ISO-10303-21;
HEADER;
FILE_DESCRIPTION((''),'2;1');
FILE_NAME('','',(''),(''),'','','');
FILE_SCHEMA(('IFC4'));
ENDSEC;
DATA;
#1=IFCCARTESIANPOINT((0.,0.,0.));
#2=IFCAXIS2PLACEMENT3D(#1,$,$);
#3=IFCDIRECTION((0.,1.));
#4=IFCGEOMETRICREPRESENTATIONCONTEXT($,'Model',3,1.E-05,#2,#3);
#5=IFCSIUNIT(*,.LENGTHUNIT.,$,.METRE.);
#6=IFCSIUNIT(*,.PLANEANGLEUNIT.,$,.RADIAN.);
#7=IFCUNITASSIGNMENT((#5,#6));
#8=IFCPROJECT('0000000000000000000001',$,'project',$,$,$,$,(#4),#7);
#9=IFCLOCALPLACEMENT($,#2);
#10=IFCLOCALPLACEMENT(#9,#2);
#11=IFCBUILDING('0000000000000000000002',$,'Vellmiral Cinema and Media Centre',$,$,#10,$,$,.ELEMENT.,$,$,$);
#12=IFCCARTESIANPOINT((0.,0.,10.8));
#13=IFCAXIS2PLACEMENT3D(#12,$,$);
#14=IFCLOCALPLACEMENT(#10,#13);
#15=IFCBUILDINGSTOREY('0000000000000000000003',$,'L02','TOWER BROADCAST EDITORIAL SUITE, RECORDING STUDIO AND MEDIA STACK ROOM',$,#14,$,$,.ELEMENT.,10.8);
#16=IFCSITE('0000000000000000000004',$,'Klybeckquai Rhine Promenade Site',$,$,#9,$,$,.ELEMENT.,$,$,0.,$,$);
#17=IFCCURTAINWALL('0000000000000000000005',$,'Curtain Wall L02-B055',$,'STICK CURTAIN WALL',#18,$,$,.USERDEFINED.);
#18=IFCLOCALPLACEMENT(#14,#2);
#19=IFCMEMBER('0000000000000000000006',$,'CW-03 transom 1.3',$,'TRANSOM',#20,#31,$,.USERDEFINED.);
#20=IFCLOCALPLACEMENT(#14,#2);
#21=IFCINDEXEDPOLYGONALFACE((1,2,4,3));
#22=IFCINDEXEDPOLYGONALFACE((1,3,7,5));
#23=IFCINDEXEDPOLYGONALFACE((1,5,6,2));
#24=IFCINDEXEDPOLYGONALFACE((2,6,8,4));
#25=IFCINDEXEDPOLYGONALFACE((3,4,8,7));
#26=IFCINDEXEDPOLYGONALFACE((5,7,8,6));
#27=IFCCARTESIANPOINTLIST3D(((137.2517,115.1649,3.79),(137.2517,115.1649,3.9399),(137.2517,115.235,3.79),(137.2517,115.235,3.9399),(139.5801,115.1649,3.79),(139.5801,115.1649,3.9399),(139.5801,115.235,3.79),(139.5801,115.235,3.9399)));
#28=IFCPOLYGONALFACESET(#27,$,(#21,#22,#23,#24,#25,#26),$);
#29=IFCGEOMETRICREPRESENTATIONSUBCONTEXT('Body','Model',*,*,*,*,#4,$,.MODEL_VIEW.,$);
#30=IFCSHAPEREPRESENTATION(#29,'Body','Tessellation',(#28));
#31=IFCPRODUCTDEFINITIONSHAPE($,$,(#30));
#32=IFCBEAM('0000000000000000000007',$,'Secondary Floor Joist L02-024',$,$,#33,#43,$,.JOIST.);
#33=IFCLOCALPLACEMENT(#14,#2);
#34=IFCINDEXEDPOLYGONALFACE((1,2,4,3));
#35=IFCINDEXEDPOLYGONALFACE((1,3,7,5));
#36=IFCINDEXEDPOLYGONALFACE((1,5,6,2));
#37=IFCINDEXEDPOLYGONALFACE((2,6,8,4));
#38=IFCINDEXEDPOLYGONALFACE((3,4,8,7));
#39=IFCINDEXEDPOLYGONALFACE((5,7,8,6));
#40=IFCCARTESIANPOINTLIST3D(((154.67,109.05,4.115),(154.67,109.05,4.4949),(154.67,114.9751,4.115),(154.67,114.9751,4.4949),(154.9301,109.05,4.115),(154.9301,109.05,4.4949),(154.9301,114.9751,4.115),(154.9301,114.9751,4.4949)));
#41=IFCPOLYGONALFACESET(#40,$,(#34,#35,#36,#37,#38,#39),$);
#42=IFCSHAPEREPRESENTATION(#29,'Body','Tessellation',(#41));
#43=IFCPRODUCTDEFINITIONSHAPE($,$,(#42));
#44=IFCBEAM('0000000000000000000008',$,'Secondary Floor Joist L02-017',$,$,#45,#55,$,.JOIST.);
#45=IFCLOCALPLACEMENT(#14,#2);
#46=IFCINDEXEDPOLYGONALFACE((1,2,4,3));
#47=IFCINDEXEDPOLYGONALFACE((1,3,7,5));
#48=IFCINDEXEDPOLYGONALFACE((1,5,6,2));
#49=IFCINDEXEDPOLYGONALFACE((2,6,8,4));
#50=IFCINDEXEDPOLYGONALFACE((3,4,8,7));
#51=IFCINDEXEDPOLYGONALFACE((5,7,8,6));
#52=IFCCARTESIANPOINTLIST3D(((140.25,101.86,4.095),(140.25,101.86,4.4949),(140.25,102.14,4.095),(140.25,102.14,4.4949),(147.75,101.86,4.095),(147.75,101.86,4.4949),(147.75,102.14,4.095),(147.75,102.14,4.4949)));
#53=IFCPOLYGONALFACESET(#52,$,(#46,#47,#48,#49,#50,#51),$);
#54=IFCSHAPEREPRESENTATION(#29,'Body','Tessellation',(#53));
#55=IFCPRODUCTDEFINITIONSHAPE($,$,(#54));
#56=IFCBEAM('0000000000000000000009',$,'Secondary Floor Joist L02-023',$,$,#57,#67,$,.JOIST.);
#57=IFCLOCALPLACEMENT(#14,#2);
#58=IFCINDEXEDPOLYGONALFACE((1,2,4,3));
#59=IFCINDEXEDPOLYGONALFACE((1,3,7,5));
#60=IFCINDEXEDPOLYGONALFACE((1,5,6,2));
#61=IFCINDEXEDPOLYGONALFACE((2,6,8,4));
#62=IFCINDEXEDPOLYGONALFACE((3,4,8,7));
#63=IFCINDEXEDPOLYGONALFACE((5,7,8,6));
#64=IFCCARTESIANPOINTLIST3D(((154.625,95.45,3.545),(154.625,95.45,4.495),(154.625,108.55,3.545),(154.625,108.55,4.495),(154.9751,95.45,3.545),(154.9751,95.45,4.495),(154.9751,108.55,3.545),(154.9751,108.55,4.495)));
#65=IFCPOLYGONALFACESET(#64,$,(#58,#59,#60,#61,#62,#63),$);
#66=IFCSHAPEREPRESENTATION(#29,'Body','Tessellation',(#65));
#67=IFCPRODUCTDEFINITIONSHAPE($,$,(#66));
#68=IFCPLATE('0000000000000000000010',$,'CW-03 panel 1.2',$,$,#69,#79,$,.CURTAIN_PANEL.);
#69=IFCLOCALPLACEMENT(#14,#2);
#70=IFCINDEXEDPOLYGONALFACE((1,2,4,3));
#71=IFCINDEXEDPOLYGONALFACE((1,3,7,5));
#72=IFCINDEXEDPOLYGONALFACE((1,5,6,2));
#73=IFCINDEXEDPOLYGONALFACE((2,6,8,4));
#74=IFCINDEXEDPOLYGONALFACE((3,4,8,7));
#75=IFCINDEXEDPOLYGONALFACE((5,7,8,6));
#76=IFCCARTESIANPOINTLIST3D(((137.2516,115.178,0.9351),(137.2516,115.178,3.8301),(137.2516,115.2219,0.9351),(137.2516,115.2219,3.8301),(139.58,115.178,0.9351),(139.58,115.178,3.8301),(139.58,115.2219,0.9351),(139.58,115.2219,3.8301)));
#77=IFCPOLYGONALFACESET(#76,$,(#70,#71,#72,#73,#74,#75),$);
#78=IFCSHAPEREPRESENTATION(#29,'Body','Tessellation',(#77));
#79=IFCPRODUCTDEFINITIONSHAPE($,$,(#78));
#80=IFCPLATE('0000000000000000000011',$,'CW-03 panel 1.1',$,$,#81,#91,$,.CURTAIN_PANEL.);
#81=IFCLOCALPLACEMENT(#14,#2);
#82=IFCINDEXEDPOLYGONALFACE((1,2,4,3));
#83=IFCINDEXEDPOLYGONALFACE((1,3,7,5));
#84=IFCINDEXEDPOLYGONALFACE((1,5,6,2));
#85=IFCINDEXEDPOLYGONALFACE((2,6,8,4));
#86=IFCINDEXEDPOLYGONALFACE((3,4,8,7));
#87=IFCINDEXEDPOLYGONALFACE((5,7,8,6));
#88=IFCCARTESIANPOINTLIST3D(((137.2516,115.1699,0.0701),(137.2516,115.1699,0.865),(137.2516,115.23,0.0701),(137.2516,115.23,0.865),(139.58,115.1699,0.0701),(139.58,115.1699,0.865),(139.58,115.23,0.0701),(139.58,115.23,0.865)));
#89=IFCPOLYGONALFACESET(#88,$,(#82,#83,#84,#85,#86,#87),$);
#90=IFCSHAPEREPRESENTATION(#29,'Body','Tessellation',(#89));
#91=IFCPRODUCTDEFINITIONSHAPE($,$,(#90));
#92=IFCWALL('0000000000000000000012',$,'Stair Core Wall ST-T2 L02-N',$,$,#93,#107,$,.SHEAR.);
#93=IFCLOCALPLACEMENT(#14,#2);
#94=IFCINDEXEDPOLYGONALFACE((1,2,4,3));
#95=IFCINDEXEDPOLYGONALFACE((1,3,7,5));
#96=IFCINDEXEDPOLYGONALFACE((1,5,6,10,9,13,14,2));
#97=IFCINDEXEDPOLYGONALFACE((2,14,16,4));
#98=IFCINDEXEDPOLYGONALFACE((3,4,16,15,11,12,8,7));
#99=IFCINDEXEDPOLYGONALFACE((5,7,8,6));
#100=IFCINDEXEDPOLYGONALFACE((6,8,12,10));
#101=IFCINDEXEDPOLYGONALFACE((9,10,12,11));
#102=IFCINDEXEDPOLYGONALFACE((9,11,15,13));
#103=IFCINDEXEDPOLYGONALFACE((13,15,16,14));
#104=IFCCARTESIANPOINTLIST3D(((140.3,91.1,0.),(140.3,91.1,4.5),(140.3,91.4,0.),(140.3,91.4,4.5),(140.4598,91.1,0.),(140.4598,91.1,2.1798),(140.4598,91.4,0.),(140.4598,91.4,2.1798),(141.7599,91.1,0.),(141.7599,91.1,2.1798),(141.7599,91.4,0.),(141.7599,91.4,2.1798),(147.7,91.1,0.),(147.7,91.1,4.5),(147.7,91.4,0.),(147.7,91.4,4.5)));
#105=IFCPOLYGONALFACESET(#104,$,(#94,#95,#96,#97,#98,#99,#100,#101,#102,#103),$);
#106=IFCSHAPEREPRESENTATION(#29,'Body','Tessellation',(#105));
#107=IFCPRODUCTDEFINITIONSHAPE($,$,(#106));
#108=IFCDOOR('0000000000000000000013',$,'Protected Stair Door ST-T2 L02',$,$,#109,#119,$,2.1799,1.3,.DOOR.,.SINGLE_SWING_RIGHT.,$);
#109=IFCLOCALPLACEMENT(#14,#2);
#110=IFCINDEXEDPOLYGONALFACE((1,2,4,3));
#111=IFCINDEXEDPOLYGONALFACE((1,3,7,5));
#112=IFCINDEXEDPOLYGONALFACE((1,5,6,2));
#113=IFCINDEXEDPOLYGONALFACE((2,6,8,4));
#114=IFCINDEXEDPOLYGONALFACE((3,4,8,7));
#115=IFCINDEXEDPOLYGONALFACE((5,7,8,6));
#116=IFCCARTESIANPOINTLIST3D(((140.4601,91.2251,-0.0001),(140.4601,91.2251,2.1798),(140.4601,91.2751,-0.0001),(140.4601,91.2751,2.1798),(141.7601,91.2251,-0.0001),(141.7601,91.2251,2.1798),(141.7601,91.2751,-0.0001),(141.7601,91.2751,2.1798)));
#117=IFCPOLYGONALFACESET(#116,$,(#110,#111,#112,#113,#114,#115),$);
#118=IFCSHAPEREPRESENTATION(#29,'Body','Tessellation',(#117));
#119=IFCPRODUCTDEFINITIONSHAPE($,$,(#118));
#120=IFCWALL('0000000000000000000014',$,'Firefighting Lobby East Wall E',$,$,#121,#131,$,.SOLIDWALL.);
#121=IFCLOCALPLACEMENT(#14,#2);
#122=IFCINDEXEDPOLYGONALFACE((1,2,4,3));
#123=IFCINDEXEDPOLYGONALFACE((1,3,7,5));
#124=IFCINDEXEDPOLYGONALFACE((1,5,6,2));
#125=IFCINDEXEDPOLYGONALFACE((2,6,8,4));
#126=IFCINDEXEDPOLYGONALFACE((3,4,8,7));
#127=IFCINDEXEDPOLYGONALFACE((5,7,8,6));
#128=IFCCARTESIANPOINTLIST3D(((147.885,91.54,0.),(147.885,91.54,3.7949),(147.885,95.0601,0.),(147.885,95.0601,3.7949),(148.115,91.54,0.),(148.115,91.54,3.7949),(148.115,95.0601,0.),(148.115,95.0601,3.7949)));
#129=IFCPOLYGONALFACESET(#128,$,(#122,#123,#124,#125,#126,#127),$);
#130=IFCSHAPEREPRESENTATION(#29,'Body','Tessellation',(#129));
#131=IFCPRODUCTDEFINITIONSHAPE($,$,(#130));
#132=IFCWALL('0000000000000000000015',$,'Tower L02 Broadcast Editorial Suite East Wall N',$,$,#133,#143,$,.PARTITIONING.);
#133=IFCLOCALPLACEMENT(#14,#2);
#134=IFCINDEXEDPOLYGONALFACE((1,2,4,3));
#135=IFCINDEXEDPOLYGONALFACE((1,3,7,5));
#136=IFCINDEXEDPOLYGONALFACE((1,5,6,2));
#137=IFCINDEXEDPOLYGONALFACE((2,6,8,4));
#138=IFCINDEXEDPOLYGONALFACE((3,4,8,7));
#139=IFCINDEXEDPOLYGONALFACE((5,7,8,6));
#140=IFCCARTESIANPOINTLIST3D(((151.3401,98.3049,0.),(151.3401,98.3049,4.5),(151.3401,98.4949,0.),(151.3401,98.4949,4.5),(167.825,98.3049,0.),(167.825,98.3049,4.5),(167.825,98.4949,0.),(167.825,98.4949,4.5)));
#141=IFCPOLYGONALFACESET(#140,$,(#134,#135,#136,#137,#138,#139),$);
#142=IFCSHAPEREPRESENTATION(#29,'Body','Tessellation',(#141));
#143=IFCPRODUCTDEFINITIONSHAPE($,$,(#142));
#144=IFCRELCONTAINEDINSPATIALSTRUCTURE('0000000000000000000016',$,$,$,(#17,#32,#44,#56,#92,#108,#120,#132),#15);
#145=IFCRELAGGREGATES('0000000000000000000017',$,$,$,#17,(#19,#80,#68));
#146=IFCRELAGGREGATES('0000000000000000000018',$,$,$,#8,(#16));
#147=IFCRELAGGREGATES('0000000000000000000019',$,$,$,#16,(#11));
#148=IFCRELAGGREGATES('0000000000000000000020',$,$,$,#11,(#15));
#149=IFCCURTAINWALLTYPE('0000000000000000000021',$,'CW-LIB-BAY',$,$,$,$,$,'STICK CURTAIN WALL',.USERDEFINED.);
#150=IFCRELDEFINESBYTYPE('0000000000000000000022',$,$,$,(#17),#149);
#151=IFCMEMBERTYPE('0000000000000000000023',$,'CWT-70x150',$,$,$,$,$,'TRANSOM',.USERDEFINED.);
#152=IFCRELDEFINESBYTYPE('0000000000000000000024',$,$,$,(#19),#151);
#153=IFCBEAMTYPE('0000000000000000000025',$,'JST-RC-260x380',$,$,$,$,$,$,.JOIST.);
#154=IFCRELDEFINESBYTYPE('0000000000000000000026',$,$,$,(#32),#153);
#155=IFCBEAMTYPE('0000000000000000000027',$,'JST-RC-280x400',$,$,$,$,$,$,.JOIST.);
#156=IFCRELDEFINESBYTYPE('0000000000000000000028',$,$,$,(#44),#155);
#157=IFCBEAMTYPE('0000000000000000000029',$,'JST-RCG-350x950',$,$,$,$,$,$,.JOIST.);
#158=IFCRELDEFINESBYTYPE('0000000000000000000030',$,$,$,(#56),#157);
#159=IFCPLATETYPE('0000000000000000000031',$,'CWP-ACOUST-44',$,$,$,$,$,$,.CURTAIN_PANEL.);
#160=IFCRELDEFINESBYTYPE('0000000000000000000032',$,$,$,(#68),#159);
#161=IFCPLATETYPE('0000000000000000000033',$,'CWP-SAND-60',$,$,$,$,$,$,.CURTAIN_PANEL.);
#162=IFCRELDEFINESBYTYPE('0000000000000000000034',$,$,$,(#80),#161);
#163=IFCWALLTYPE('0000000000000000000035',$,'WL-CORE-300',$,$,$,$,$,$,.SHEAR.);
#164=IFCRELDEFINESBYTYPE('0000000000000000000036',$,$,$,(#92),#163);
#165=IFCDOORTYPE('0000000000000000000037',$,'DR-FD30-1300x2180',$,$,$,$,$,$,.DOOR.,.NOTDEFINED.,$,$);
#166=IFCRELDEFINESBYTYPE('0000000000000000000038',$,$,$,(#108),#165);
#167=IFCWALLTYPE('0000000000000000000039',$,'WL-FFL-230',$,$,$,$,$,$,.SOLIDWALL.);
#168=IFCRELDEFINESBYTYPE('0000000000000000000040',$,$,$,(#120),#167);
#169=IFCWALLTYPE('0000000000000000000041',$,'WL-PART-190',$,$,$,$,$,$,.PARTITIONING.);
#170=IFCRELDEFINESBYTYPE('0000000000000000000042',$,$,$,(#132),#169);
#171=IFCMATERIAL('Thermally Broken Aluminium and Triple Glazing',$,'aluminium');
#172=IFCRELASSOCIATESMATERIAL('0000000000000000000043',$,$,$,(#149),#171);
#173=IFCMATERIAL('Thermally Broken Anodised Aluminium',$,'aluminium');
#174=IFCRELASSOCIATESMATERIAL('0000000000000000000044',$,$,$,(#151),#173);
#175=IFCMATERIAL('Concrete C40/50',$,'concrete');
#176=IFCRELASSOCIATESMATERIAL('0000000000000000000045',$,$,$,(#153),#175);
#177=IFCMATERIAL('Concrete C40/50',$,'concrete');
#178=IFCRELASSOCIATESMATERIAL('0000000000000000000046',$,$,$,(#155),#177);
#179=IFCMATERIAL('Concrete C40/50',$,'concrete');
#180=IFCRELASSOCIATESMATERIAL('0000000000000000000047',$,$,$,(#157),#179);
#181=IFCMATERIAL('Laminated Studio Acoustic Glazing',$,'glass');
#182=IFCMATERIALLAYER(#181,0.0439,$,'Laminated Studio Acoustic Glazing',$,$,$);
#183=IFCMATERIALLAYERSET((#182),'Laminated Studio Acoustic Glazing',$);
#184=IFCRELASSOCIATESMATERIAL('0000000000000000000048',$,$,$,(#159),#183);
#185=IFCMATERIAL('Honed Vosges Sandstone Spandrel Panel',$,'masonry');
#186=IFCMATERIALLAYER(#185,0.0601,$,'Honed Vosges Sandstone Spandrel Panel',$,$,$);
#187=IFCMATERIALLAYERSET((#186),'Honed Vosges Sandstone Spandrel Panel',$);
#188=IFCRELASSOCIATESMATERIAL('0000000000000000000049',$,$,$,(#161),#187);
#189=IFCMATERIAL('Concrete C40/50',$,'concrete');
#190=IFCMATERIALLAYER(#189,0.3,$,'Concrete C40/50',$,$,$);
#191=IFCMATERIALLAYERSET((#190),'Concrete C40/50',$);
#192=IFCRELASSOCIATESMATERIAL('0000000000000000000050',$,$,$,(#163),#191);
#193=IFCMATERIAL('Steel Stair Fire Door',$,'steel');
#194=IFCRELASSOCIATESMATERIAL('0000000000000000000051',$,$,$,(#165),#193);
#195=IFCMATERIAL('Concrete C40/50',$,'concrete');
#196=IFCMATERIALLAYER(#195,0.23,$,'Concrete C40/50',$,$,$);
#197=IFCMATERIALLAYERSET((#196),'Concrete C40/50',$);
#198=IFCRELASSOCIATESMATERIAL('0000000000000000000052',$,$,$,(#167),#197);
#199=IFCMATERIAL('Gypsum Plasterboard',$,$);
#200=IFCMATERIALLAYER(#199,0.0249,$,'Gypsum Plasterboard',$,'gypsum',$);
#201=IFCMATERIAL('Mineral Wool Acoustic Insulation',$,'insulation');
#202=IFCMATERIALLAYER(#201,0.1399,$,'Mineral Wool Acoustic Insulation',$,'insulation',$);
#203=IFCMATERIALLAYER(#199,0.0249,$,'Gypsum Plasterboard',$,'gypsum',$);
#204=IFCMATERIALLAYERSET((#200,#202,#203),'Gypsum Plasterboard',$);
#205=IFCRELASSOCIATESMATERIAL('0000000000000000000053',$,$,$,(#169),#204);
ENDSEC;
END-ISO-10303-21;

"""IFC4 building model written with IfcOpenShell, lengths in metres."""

from ifc_helpers import new_model, si_unit, direction, frame, frame_2d, origin, origin_2d, place, context, subcontext, project, spatial, rectangle, extrude, material, layer, layer_set, material_profile, profile_set, type_object, element, fill, aggregate, save


model = new_model("IFC4")

# Units and contexts
model_context = context("Model", 3, precision=1e-05, world=origin(), true_north=direction((0.0, 1.0)))
body_context = subcontext(model_context, "Body", "Model", "MODEL_VIEW")
ifc_project = project(units=[si_unit("LENGTHUNIT", "METRE"), si_unit("PLANEANGLEUNIT", "RADIAN")], contexts=[model_context])

# Site, building, storey
site_placement = place(None, origin())
site = spatial("IfcSite", under=ifc_project, at=site_placement, Name="Klybeckquai Rhine Promenade Site", CompositionType="ELEMENT", RefElevation=0.0)
building_placement = place(site_placement, origin())
building = spatial("IfcBuilding", under=site, at=building_placement, Name="Vellmiral Cinema and Media Centre", CompositionType="ELEMENT")
storey_placement = place(building_placement, frame((0.0, 0.0, 10.8)))
storey = spatial("IfcBuildingStorey", under=building, at=storey_placement, Name="L02", Description="TOWER BROADCAST EDITORIAL SUITE, RECORDING STUDIO AND MEDIA STACK ROOM", CompositionType="ELEMENT", Elevation=10.8)

# Curtain wall, member
ifc_material_1 = material(Name="Thermally Broken Aluminium and Triple Glazing", Category="aluminium")
curtain_wall_type = type_object("IfcCurtainWallType", Name="CW-LIB-BAY", ElementType="STICK CURTAIN WALL", PredefinedType="USERDEFINED", material=ifc_material_1)
curtain_wall_placement = place(storey_placement, origin())
curtain_wall = element("IfcCurtainWall", 1, at=curtain_wall_placement, inside=storey, type_object=curtain_wall_type, Name="Curtain Wall L02-B055", ObjectType="STICK CURTAIN WALL", PredefinedType="USERDEFINED")
ifc_material_2 = material(Name="Thermally Broken Anodised Aluminium", Category="aluminium")
ifc_material_profile_1 = material_profile(ifc_material_2, rectangle(XDim=0.0701, YDim=0.1499, at=origin_2d()), Name="MULL 70x150")
ifc_profile_set_1 = profile_set([ifc_material_profile_1], Name="Thermally Broken Anodised Aluminium")
member_type = type_object("IfcMemberType", Name="CWT-70x150", ElementType="TRANSOM", PredefinedType="USERDEFINED", material=ifc_profile_set_1)
member_1_placement = place(storey_placement, frame((139.5801, 115.2, 3.865), z_axis=(-1.0, 0.0, 0.0), x_axis=(0.0, -1.0, 0.0)))
member_1 = element("IfcMember", 2, at=member_1_placement, type_object=member_type, Name="CW-03 transom 1.3", ObjectType="TRANSOM", PredefinedType="USERDEFINED", context=body_context, shape_type="SweptSolid", body=[
    extrude(rectangle(XDim=0.0701, YDim=0.1499, at=origin_2d()), origin(), (0.0, 0.0, 1.0), 2.3284),
])

# Beams
ifc_material_3 = material(Name="Concrete C40/50", Category="concrete")
ifc_material_profile_2 = material_profile(ifc_material_3, rectangle(XDim=0.26, YDim=0.3799, at=origin_2d()), Name="RC 260x380")
ifc_profile_set_2 = profile_set([ifc_material_profile_2], Name="Concrete C40/50")
beam_type_1 = type_object("IfcBeamType", Name="JST-RC-260x380", PredefinedType="JOIST", material=ifc_profile_set_2)
beam_1_placement = place(storey_placement, frame((154.8, 109.05, 4.3049), z_axis=(0.0, 1.0, 0.0), x_axis=(-1.0, 0.0, 0.0)))
element("IfcBeam", 3, at=beam_1_placement, inside=storey, type_object=beam_type_1, Name="Secondary Floor Joist L02-024", PredefinedType="JOIST", context=body_context, shape_type="SweptSolid", body=[
    extrude(rectangle(XDim=0.26, YDim=0.3799, at=origin_2d()), origin(), (0.0, 0.0, 1.0), 5.925),
])
ifc_material_4 = material(Name="Concrete C40/50", Category="concrete")
ifc_material_profile_3 = material_profile(ifc_material_4, rectangle(XDim=0.28, YDim=0.3999, at=origin_2d()), Name="RC 280x400")
ifc_profile_set_3 = profile_set([ifc_material_profile_3], Name="Concrete C40/50")
beam_type_2 = type_object("IfcBeamType", Name="JST-RC-280x400", PredefinedType="JOIST", material=ifc_profile_set_3)
beam_2_placement = place(storey_placement, frame((140.25, 102.0, 4.2949), z_axis=(1.0, 0.0, 0.0), x_axis=(0.0, 1.0, 0.0)))
element("IfcBeam", 4, at=beam_2_placement, inside=storey, type_object=beam_type_2, Name="Secondary Floor Joist L02-017", PredefinedType="JOIST", context=body_context, shape_type="SweptSolid", body=[
    extrude(rectangle(XDim=0.28, YDim=0.3999, at=origin_2d()), origin(), (0.0, 0.0, 1.0), 7.5),
])
ifc_material_5 = material(Name="Concrete C40/50", Category="concrete")
ifc_material_profile_4 = material_profile(ifc_material_5, rectangle(XDim=0.3501, YDim=0.95, at=origin_2d()), Name="RC 350x950")
ifc_profile_set_4 = profile_set([ifc_material_profile_4], Name="Concrete C40/50")
beam_type_3 = type_object("IfcBeamType", Name="JST-RCG-350x950", PredefinedType="JOIST", material=ifc_profile_set_4)
beam_3_placement = place(storey_placement, frame((154.8, 95.45, 4.02), z_axis=(0.0, 1.0, 0.0), x_axis=(-1.0, 0.0, 0.0)))
element("IfcBeam", 5, at=beam_3_placement, inside=storey, type_object=beam_type_3, Name="Secondary Floor Joist L02-023", PredefinedType="JOIST", context=body_context, shape_type="SweptSolid", body=[
    extrude(rectangle(XDim=0.3501, YDim=0.95, at=origin_2d()), origin(), (0.0, 0.0, 1.0), 13.1001),
])

# Plates
ifc_material_6 = material(Name="Laminated Studio Acoustic Glazing", Category="glass")
ifc_layer_1 = layer(ifc_material_6, 0.0439, Name="Laminated Studio Acoustic Glazing")
ifc_layer_set_1 = layer_set([ifc_layer_1], Name="Laminated Studio Acoustic Glazing")
plate_type_1 = type_object("IfcPlateType", Name="CWP-ACOUST-44", PredefinedType="CURTAIN_PANEL", material=ifc_layer_set_1)
plate_1_placement = place(storey_placement, frame((138.4158, 115.2, 0.9351), z_axis=(0.0, 0.0, 1.0), x_axis=(-1.0, 0.0, 0.0)))
plate_1 = element("IfcPlate", 6, at=plate_1_placement, type_object=plate_type_1, Name="CW-03 panel 1.2", PredefinedType="CURTAIN_PANEL", context=body_context, shape_type="SweptSolid", body=[
    extrude(rectangle(XDim=2.3284, YDim=0.0439, at=origin_2d()), origin(), (0.0, 0.0, 1.0), 2.895),
])
ifc_material_7 = material(Name="Honed Vosges Sandstone Spandrel Panel", Category="masonry")
ifc_layer_2 = layer(ifc_material_7, 0.0601, Name="Honed Vosges Sandstone Spandrel Panel")
ifc_layer_set_2 = layer_set([ifc_layer_2], Name="Honed Vosges Sandstone Spandrel Panel")
plate_type_2 = type_object("IfcPlateType", Name="CWP-SAND-60", PredefinedType="CURTAIN_PANEL", material=ifc_layer_set_2)
plate_2_placement = place(storey_placement, frame((138.4158, 115.2, 0.0701), z_axis=(0.0, 0.0, 1.0), x_axis=(-1.0, 0.0, 0.0)))
plate_2 = element("IfcPlate", 7, at=plate_2_placement, type_object=plate_type_2, Name="CW-03 panel 1.1", PredefinedType="CURTAIN_PANEL", context=body_context, shape_type="SweptSolid", body=[
    extrude(rectangle(XDim=2.3284, YDim=0.0601, at=origin_2d()), origin(), (0.0, 0.0, 1.0), 0.7949),
])
aggregate(curtain_wall, [member_1, plate_2, plate_1])

# Wall, opening, door
ifc_material_8 = material(Name="Concrete C40/50", Category="concrete")
ifc_layer_3 = layer(ifc_material_8, 0.3, Name="Concrete C40/50")
ifc_layer_set_3 = layer_set([ifc_layer_3], Name="Concrete C40/50")
wall_type_1 = type_object("IfcWallType", Name="WL-CORE-300", PredefinedType="SHEAR", material=ifc_layer_set_3)
wall_1_placement = place(storey_placement, frame((140.3, 91.25, 0.0), z_axis=(0.0, 0.0, 1.0), x_axis=(1.0, 0.0, 0.0)))
wall_1 = element("IfcWall", 8, at=wall_1_placement, inside=storey, type_object=wall_type_1, Name="Stair Core Wall ST-T2 L02-N", PredefinedType="SHEAR", context=body_context, shape_type="SweptSolid", body=[
    extrude(rectangle(XDim=7.3999, YDim=0.3, at=frame_2d((3.7, 0.0))), origin(), (0.0, 0.0, 1.0), 4.5),
])
opening_placement = place(wall_1_placement, frame((0.1599, 0.0, 0.0)))
opening = element("IfcOpeningElement", 9, at=opening_placement, cuts=wall_1, PredefinedType="OPENING", context=body_context, shape_type="SweptSolid", body=[
    extrude(rectangle(XDim=1.3, YDim=2.1799, at=frame_2d((0.6499, 1.0898))), frame((0.0, 0.1621, 0.0), z_axis=(0.0, -1.0, 0.0), x_axis=(1.0, 0.0, 0.0)), (0.0, 0.0, 1.0), 0.324),
])
ifc_material_9 = material(Name="Steel Stair Fire Door", Category="steel")
door_type = type_object("IfcDoorType", Name="DR-FD30-1300x2180", OperationType="NOTDEFINED", PredefinedType="DOOR", material=ifc_material_9)
door_placement = place(opening_placement, frame((1.3, 0.0, 0.0), z_axis=(0.0, 0.0, 1.0), x_axis=(-1.0, 0.0, 0.0)))
door = element("IfcDoor", 10, at=door_placement, inside=storey, type_object=door_type, Name="Protected Stair Door ST-T2 L02", OperationType="SINGLE_SWING_RIGHT", OverallHeight=2.1799, OverallWidth=1.3, PredefinedType="DOOR", context=body_context, shape_type="SweptSolid", body=[
    extrude(rectangle(XDim=1.3, YDim=2.1799, at=frame_2d((0.6499, 1.0898))), frame((0.0, 0.0249, 0.0), z_axis=(0.0, -1.0, 0.0), x_axis=(1.0, 0.0, 0.0)), (0.0, 0.0, 1.0), 0.05),
])
fill(opening, door)

# Walls
ifc_material_10 = material(Name="Concrete C40/50", Category="concrete")
ifc_layer_4 = layer(ifc_material_10, 0.23, Name="Concrete C40/50")
ifc_layer_set_4 = layer_set([ifc_layer_4], Name="Concrete C40/50")
wall_type_2 = type_object("IfcWallType", Name="WL-FFL-230", PredefinedType="SOLIDWALL", material=ifc_layer_set_4)
wall_2_placement = place(storey_placement, frame((148.0, 91.54, 0.0), z_axis=(0.0, 0.0, 1.0), x_axis=(0.0, 1.0, 0.0)))
element("IfcWall", 11, at=wall_2_placement, inside=storey, type_object=wall_type_2, Name="Firefighting Lobby East Wall E", PredefinedType="SOLIDWALL", context=body_context, shape_type="SweptSolid", body=[
    extrude(rectangle(XDim=3.52, YDim=0.23, at=frame_2d((1.76, 0.0))), origin(), (0.0, 0.0, 1.0), 3.7949),
])
ifc_material_11 = material(Name="Gypsum Plasterboard")
ifc_layer_5 = layer(ifc_material_11, 0.0249, Name="Gypsum Plasterboard", Category="gypsum")
ifc_material_12 = material(Name="Mineral Wool Acoustic Insulation", Category="insulation")
ifc_layer_6 = layer(ifc_material_12, 0.1399, Name="Mineral Wool Acoustic Insulation", Category="insulation")
ifc_layer_7 = layer(ifc_material_11, 0.0249, Name="Gypsum Plasterboard", Category="gypsum")
ifc_layer_set_5 = layer_set([ifc_layer_5, ifc_layer_6, ifc_layer_7], Name="Gypsum Plasterboard")
wall_type_3 = type_object("IfcWallType", Name="WL-PART-190", PredefinedType="PARTITIONING", material=ifc_layer_set_5)
wall_3_placement = place(storey_placement, frame((151.3401, 98.3999, 0.0), z_axis=(0.0, 0.0, 1.0), x_axis=(1.0, 0.0, 0.0)))
element("IfcWall", 12, at=wall_3_placement, inside=storey, type_object=wall_type_3, Name="Tower L02 Broadcast Editorial Suite East Wall N", PredefinedType="PARTITIONING", context=body_context, shape_type="SweptSolid", body=[
    extrude(rectangle(XDim=16.4849, YDim=0.1899, at=frame_2d((8.2424, 0.0))), origin(), (0.0, 0.0, 1.0), 4.5),
])

save(model, "model.ifc")
